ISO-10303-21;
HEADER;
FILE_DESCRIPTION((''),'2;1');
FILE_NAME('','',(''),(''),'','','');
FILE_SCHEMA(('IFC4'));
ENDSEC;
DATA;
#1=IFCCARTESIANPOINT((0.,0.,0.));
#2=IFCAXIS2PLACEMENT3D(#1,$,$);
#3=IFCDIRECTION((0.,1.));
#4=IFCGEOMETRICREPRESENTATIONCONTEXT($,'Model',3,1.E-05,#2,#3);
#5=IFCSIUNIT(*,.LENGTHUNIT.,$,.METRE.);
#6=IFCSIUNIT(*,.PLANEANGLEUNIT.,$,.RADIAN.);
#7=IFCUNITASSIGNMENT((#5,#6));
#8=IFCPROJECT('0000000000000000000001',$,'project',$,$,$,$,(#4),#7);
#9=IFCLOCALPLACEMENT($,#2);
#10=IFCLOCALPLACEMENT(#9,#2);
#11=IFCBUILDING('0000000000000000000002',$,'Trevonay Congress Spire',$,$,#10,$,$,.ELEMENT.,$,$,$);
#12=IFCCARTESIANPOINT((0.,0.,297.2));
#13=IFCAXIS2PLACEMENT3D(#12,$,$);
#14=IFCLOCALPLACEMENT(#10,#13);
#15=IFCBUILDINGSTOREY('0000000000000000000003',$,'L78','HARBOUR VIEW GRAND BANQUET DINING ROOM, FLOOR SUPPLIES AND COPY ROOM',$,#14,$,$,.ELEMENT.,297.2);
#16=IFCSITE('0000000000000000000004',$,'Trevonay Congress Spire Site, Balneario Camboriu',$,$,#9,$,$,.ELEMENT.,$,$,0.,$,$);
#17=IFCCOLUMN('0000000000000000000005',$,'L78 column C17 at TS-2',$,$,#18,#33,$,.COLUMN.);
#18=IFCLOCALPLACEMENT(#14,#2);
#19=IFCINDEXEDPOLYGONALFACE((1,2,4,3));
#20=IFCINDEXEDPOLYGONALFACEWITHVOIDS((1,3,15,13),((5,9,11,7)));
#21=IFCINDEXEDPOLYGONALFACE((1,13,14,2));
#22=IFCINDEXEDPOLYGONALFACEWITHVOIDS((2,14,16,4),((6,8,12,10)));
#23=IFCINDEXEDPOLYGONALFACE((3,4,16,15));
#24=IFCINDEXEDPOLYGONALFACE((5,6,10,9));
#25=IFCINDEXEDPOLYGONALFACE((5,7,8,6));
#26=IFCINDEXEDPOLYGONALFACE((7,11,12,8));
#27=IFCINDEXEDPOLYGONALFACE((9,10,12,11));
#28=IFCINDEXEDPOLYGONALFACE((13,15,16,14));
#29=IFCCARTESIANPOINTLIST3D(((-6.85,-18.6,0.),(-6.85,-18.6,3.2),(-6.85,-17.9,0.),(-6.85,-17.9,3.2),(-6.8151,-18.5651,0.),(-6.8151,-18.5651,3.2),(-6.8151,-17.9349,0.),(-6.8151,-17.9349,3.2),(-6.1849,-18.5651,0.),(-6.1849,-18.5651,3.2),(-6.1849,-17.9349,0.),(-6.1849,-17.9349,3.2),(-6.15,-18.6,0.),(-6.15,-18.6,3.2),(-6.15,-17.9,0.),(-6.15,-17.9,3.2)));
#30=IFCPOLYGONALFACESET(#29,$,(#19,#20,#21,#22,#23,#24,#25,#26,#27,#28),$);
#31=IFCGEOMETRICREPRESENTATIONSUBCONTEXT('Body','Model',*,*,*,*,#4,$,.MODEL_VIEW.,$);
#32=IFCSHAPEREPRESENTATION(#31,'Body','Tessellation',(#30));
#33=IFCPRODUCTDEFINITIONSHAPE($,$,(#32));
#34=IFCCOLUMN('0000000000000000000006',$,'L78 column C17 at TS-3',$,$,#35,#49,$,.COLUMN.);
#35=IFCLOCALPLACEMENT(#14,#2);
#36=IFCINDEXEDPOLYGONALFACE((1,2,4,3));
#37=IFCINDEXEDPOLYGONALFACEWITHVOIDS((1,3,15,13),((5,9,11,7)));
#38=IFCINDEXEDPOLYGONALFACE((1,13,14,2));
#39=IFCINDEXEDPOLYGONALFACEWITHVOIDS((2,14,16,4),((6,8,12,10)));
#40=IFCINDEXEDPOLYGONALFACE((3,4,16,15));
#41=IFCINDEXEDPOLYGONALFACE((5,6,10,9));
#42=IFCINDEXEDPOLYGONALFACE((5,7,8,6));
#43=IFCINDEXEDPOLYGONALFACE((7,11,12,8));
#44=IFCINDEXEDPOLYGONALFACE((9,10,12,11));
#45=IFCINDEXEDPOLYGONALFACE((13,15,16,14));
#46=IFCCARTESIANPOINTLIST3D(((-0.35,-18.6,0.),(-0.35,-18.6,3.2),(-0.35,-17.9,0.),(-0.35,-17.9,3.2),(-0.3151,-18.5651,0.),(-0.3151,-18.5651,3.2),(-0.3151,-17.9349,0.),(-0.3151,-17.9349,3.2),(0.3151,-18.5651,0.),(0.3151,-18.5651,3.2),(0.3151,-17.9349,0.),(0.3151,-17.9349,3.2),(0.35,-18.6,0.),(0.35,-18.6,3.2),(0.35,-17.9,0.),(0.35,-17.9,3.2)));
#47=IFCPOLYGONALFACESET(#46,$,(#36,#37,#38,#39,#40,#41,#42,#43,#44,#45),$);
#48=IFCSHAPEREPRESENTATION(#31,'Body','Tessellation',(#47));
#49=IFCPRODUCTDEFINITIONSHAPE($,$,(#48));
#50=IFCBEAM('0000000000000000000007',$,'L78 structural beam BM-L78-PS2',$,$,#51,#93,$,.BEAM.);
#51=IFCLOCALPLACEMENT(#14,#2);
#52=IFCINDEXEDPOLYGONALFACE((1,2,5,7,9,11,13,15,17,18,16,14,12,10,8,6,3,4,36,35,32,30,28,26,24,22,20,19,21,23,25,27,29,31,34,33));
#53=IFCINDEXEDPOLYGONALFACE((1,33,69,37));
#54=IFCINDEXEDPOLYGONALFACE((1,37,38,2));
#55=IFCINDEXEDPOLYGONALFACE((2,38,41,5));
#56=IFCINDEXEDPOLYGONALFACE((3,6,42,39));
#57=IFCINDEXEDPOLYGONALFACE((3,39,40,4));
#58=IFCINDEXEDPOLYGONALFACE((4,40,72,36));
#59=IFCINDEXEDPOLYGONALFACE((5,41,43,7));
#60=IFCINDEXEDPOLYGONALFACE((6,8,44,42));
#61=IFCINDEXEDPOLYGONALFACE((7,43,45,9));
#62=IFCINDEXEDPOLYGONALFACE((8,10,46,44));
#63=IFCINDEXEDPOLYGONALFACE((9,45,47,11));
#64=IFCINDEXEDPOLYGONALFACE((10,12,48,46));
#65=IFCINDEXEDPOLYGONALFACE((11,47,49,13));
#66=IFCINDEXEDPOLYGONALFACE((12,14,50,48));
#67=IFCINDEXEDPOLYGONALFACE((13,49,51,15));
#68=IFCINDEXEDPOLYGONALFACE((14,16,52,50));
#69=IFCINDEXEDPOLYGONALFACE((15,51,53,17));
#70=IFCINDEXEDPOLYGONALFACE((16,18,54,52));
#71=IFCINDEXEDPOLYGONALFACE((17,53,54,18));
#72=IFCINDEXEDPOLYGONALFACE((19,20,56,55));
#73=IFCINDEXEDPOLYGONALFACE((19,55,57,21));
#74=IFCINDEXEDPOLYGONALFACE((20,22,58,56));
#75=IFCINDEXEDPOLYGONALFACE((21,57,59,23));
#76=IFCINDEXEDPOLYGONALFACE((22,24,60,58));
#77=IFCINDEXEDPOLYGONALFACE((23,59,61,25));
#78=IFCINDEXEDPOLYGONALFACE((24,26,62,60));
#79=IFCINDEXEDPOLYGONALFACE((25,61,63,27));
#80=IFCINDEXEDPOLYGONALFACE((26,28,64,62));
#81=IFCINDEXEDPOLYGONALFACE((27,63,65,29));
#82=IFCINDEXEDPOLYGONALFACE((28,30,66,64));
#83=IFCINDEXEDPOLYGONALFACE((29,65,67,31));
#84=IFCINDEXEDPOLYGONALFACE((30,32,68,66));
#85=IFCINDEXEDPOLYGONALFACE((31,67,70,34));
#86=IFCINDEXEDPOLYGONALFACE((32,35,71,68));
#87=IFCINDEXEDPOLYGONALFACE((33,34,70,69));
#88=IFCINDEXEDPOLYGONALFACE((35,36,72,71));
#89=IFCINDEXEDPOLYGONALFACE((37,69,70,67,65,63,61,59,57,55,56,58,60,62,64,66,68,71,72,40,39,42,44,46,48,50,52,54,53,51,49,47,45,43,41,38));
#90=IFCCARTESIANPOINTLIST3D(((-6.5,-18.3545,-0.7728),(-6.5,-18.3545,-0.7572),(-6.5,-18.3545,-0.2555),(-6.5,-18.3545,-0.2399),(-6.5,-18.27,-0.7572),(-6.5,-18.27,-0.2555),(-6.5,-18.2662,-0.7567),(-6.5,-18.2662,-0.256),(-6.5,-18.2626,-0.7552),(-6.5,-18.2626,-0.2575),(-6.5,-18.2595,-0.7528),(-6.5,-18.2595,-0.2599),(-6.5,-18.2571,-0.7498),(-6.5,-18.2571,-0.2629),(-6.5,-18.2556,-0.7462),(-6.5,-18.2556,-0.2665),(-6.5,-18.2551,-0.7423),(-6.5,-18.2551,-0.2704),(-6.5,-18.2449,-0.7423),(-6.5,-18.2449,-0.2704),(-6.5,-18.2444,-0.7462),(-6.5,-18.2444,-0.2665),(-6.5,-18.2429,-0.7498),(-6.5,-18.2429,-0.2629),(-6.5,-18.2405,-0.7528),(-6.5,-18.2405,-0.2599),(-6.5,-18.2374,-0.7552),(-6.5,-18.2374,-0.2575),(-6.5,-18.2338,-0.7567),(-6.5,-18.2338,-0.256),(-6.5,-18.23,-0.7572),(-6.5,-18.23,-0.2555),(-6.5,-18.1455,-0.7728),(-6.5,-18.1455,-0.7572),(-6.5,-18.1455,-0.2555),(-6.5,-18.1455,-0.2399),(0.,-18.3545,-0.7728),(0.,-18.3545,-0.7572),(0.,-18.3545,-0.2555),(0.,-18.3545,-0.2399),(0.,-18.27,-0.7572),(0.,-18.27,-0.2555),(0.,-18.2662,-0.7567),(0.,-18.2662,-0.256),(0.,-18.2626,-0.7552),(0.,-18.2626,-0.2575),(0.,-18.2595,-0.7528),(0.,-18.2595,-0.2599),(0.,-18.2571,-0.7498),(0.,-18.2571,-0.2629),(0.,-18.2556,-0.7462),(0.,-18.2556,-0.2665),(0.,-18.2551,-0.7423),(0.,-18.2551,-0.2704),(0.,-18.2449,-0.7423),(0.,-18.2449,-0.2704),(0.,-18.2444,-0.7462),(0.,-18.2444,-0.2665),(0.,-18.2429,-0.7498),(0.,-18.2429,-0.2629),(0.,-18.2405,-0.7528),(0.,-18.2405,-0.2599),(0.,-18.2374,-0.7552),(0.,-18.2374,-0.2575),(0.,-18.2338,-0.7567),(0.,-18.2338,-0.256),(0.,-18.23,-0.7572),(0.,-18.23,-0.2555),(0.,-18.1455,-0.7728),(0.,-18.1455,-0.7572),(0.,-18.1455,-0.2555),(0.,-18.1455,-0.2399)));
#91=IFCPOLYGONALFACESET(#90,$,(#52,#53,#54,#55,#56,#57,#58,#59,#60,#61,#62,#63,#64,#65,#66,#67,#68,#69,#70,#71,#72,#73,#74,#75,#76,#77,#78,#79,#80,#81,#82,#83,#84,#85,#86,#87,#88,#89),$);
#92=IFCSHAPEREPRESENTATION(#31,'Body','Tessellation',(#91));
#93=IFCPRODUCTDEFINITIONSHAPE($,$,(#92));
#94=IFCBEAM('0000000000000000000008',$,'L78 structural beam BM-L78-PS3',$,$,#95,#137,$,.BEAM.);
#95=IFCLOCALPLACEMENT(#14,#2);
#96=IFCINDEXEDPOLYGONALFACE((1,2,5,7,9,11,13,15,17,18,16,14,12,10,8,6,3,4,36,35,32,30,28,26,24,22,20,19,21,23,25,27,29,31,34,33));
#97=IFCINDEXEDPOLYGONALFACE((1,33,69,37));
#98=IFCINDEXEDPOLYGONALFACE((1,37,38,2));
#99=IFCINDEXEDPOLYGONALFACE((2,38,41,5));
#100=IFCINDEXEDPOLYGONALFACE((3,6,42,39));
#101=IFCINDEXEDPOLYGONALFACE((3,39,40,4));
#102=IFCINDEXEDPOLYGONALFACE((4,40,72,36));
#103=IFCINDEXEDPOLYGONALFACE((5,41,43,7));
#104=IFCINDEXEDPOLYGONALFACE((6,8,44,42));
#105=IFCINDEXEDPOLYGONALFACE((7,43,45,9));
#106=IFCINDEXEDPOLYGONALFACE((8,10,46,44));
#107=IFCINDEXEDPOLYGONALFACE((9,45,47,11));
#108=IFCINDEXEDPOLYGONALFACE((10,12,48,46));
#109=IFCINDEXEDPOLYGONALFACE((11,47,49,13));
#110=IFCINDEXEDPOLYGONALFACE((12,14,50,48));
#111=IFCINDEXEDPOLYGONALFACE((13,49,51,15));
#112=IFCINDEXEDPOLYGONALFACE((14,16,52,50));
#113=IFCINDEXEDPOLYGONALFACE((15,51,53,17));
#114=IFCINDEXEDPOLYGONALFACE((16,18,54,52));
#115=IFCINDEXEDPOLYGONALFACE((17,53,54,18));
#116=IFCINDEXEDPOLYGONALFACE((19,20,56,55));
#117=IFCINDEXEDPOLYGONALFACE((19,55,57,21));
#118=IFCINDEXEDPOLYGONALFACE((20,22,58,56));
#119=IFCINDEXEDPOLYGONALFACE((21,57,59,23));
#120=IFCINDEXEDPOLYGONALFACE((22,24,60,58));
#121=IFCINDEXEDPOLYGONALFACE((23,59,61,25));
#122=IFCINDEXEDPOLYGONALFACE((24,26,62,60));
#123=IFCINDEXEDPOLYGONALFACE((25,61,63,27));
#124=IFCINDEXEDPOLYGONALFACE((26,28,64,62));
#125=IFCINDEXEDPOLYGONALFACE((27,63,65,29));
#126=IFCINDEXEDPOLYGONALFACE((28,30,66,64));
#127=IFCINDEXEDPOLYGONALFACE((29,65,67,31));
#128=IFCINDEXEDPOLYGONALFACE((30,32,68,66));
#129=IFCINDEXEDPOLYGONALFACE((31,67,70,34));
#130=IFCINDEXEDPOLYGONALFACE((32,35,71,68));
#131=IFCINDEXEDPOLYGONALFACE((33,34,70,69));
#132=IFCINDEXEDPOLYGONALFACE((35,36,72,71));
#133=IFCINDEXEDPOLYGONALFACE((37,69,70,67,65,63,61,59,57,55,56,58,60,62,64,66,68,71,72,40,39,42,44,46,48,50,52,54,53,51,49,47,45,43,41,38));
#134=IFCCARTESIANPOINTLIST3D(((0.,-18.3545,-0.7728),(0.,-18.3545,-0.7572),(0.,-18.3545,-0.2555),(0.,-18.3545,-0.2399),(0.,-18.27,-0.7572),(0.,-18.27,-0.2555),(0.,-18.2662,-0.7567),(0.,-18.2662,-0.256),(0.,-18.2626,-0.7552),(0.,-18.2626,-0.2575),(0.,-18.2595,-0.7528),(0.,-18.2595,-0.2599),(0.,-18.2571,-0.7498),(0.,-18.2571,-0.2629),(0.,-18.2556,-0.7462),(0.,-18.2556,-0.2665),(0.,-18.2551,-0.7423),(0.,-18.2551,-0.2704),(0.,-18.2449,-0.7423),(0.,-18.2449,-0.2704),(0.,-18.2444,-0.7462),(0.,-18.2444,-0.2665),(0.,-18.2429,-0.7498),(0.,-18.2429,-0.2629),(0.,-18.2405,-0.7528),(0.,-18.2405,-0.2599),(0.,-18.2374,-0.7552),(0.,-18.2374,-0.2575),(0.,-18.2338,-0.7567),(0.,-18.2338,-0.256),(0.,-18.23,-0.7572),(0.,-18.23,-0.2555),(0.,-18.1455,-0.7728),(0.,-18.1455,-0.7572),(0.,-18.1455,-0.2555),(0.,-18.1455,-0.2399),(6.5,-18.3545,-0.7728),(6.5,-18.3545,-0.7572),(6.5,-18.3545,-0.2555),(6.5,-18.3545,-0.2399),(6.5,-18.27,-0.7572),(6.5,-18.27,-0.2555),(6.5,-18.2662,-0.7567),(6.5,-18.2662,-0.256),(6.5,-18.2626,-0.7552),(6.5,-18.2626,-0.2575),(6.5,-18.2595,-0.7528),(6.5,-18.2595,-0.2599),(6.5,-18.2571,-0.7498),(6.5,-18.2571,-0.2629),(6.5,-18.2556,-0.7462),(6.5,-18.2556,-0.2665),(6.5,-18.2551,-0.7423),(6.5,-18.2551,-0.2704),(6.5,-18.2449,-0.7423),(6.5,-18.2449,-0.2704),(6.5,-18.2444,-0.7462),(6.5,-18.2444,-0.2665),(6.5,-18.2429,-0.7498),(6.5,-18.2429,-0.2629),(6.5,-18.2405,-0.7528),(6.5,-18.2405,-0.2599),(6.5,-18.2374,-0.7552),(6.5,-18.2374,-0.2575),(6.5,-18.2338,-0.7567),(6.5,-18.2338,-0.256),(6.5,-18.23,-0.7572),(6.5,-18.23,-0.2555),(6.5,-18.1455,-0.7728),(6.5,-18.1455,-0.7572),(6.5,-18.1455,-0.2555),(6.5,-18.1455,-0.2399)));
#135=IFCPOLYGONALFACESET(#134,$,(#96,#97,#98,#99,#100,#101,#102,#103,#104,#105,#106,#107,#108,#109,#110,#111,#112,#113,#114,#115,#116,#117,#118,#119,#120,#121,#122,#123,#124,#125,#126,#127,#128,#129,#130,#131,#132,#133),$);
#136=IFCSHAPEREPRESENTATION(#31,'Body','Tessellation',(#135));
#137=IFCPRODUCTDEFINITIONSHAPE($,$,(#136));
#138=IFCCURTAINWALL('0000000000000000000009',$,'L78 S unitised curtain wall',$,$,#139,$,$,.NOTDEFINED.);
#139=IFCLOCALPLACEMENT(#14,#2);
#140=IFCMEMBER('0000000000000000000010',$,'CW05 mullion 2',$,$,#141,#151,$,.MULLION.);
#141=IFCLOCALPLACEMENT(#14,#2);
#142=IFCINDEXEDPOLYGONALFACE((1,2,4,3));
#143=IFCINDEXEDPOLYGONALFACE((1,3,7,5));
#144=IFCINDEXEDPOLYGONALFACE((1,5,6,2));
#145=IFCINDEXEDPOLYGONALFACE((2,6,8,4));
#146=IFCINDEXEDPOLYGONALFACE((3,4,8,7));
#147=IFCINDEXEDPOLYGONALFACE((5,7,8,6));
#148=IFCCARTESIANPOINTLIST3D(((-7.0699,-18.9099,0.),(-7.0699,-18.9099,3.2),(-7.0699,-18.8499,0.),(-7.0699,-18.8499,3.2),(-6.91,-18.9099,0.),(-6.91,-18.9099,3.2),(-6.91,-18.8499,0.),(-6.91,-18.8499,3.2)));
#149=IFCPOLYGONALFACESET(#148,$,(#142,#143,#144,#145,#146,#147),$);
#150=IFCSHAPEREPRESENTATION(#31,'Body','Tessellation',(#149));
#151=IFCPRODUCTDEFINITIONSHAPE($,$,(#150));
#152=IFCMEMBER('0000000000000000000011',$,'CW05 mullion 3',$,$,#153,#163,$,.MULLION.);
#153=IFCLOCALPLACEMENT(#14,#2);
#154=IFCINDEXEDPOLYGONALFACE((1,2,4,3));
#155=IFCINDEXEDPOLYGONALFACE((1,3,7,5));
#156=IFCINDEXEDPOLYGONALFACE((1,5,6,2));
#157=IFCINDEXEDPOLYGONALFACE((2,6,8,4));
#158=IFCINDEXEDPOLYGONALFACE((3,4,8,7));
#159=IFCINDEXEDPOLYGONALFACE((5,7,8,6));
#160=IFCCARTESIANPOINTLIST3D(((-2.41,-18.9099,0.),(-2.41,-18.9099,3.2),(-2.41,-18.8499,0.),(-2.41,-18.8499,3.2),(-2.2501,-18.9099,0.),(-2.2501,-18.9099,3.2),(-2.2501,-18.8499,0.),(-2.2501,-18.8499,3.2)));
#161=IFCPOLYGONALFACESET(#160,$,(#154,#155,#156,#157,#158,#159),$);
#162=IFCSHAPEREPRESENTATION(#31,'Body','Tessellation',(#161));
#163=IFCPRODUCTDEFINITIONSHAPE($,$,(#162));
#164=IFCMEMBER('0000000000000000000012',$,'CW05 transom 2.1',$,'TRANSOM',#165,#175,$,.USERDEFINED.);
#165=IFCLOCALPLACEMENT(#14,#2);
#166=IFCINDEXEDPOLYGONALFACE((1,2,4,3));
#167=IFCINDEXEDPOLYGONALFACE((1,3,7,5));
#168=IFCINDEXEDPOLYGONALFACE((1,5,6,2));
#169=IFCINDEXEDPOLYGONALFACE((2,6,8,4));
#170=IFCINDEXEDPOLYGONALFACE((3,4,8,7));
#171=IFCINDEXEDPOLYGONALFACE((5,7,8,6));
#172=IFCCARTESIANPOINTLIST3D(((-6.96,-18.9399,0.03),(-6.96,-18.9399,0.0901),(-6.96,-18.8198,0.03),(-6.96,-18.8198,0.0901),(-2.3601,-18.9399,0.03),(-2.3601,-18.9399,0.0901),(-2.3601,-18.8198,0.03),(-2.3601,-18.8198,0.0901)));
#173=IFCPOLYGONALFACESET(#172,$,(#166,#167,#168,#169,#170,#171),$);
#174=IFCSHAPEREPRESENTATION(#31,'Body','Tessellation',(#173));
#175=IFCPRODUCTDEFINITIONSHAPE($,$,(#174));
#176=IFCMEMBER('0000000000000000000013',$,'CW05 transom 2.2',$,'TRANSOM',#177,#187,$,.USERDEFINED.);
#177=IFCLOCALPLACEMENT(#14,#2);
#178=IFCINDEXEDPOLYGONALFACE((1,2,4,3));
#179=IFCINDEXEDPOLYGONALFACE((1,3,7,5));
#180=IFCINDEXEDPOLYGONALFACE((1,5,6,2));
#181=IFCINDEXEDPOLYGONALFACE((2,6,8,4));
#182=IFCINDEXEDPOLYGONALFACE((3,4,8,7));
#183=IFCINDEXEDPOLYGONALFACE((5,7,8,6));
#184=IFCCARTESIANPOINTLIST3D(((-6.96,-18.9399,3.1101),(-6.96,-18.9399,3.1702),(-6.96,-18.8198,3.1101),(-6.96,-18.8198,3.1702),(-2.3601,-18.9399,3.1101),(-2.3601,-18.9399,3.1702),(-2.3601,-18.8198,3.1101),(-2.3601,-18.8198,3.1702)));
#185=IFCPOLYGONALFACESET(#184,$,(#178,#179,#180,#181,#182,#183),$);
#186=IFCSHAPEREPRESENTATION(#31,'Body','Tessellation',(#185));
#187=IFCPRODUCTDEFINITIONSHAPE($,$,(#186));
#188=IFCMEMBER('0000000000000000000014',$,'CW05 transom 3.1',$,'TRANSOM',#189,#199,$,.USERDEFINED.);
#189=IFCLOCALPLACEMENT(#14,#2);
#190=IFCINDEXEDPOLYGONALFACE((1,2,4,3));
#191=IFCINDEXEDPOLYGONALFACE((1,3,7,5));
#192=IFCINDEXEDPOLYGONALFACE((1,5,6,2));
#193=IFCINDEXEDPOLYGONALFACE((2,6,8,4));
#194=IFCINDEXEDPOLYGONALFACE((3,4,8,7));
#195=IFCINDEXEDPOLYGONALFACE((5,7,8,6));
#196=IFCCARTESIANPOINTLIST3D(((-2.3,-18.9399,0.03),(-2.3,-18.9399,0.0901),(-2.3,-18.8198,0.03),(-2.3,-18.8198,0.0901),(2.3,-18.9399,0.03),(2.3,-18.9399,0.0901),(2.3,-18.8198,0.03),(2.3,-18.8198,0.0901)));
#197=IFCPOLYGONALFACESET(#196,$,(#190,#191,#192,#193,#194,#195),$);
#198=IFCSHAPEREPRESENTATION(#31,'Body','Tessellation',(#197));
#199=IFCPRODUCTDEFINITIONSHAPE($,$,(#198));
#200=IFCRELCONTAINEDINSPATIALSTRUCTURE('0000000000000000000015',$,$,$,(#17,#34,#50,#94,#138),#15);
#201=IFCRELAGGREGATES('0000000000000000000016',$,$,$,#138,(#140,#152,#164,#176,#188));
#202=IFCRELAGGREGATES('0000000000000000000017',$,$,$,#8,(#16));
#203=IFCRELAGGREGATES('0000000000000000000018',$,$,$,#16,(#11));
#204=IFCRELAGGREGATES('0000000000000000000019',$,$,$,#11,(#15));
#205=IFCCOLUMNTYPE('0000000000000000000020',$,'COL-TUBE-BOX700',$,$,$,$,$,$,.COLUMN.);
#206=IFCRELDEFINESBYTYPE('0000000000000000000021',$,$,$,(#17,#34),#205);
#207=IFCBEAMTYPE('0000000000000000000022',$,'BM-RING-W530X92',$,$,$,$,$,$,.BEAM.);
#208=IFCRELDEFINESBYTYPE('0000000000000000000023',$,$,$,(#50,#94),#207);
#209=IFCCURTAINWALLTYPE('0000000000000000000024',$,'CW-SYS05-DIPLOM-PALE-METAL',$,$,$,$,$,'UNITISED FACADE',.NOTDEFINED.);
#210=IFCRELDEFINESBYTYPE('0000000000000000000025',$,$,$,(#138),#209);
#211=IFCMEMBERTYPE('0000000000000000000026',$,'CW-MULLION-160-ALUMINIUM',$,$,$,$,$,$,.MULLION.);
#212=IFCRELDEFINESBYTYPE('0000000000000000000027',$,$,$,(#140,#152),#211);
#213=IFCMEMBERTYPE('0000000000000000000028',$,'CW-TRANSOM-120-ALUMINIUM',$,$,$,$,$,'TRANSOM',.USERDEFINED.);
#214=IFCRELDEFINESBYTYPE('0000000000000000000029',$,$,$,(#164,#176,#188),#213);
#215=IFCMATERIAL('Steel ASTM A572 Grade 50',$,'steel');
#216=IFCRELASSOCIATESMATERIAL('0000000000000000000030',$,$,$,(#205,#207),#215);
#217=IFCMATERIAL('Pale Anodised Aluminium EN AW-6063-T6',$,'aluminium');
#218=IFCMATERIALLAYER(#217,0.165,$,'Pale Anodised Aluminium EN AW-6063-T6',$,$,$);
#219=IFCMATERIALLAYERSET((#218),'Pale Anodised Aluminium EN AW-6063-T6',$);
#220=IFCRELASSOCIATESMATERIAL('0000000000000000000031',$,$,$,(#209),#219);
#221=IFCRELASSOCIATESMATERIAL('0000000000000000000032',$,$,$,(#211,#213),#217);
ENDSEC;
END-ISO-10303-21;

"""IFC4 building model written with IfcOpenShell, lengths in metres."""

from ifc_helpers import new_model, si_unit, direction, frame, origin, origin_2d, place, context, subcontext, project, spatial, rectangle, hollow_rectangle, i_section, extrude, material, layer, layer_set, material_profile, profile_set, type_object, element, aggregate, save


model = new_model("IFC4")

# Units and contexts
model_context = context("Model", 3, precision=1e-05, world=origin(), true_north=direction((0.0, 1.0)))
body_context = subcontext(model_context, "Body", "Model", "MODEL_VIEW")
ifc_project = project(units=[si_unit("LENGTHUNIT", "METRE"), si_unit("PLANEANGLEUNIT", "RADIAN")], contexts=[model_context])

# Site, building, storey
site_placement = place(None, origin())
site = spatial("IfcSite", under=ifc_project, at=site_placement, Name="Trevonay Congress Spire Site, Balneario Camboriu", CompositionType="ELEMENT", RefElevation=0.0)
building_placement = place(site_placement, origin())
building = spatial("IfcBuilding", under=site, at=building_placement, Name="Trevonay Congress Spire", CompositionType="ELEMENT")
storey_placement = place(building_placement, frame((0.0, 0.0, 297.2)))
storey = spatial("IfcBuildingStorey", under=building, at=storey_placement, Name="L78", Description="HARBOUR VIEW GRAND BANQUET DINING ROOM, FLOOR SUPPLIES AND COPY ROOM", CompositionType="ELEMENT", Elevation=297.2)

# Columns
ifc_material_1 = material(Name="Steel ASTM A572 Grade 50", Category="steel")
ifc_material_profile_1 = material_profile(ifc_material_1, hollow_rectangle(XDim=0.7, YDim=0.7, WallThickness=0.0349, at=origin_2d()), Name="BOX 700x700x35")
ifc_profile_set_1 = profile_set([ifc_material_profile_1], Name="Steel ASTM A572 Grade 50")
column_type = type_object("IfcColumnType", Name="COL-TUBE-BOX700", PredefinedType="COLUMN", material=ifc_profile_set_1)
for number, where, z_axis, x_axis, name in (
    (1, (-6.5, -18.25, 0.0), (0.0, 0.0, 1.0), (1.0, 0.0, 0.0), "L78 column C17 at TS-2"),
    (2, (0.0, -18.25, 0.0), (0.0, 0.0, 1.0), (1.0, 0.0, 0.0), "L78 column C17 at TS-3"),
):
    element("IfcColumn", number, at=place(storey_placement, frame(where, z_axis=z_axis, x_axis=x_axis)), inside=storey, type_object=column_type, Name=name, PredefinedType="COLUMN", context=body_context, shape_type="SweptSolid", body=[
        extrude(hollow_rectangle(XDim=0.7, YDim=0.7, WallThickness=0.0349, at=origin_2d()), origin(), (0.0, 0.0, 1.0), 3.2),
    ])

# Beams
ifc_material_profile_2 = material_profile(ifc_material_1, i_section(OverallWidth=0.209, OverallDepth=0.533, WebThickness=0.0103, FlangeThickness=0.0156, FilletRadius=0.0149, at=origin_2d()), Name="W530x92")
ifc_profile_set_2 = profile_set([ifc_material_profile_2], Name="Steel ASTM A572 Grade 50")
beam_type_1 = type_object("IfcBeamType", Name="BM-RING-W530X92", PredefinedType="BEAM", material=ifc_profile_set_2)
for number, where, z_axis, x_axis, name in (
    (3, (-6.5, -18.25, -0.5063), (1.0, 0.0, 0.0), (0.0, 1.0, 0.0), "L78 structural beam BM-L78-PS2"),
    (4, (0.0, -18.25, -0.5063), (1.0, 0.0, 0.0), (0.0, 1.0, 0.0), "L78 structural beam BM-L78-PS3"),
):
    element("IfcBeam", number, at=place(storey_placement, frame(where, z_axis=z_axis, x_axis=x_axis)), inside=storey, type_object=beam_type_1, Name=name, PredefinedType="BEAM", context=body_context, shape_type="SweptSolid", body=[
        extrude(i_section(OverallWidth=0.209, OverallDepth=0.533, WebThickness=0.0103, FlangeThickness=0.0156, FilletRadius=0.0149, at=origin_2d()), origin(), (0.0, 0.0, 1.0), 6.5),
    ])

# Curtain wall, members
ifc_material_2 = material(Name="Pale Anodised Aluminium EN AW-6063-T6", Category="aluminium")
ifc_layer_1 = layer(ifc_material_2, 0.165, Name="Pale Anodised Aluminium EN AW-6063-T6")
ifc_layer_set_1 = layer_set([ifc_layer_1], Name="Pale Anodised Aluminium EN AW-6063-T6")
curtain_wall_type = type_object("IfcCurtainWallType", Name="CW-SYS05-DIPLOM-PALE-METAL", ElementType="UNITISED FACADE", PredefinedType="NOTDEFINED", material=ifc_layer_set_1)
curtain_wall_placement = place(storey_placement, origin())
curtain_wall = element("IfcCurtainWall", 5, at=curtain_wall_placement, inside=storey, type_object=curtain_wall_type, Name="L78 S unitised curtain wall", PredefinedType="NOTDEFINED")
ifc_material_profile_3 = material_profile(ifc_material_2, rectangle(XDim=0.0601, YDim=0.1599, at=origin_2d()), Name="CW-MULLION-160-ALUMINIUM")
ifc_profile_set_3 = profile_set([ifc_material_profile_3], Name="Pale Anodised Aluminium EN AW-6063-T6")
member_type_1 = type_object("IfcMemberType", Name="CW-MULLION-160-ALUMINIUM", PredefinedType="MULLION", material=ifc_profile_set_3)
member_1_placement = place(storey_placement, frame((-6.99, -18.8799, 0.0), z_axis=(0.0, 0.0, 1.0), x_axis=(0.0, 1.0, 0.0)))
member_1 = element("IfcMember", 6, at=member_1_placement, type_object=member_type_1, Name="CW05 mullion 2", PredefinedType="MULLION", context=body_context, shape_type="SweptSolid", body=[
    extrude(rectangle(XDim=0.0601, YDim=0.1599, at=origin_2d()), origin(), (0.0, 0.0, 1.0), 3.2),
])
member_2_placement = place(storey_placement, frame((-2.3301, -18.8799, 0.0), z_axis=(0.0, 0.0, 1.0), x_axis=(0.0, 1.0, 0.0)))
member_2 = element("IfcMember", 7, at=member_2_placement, type_object=member_type_1, Name="CW05 mullion 3", PredefinedType="MULLION", context=body_context, shape_type="SweptSolid", body=[
    extrude(rectangle(XDim=0.0601, YDim=0.1599, at=origin_2d()), origin(), (0.0, 0.0, 1.0), 3.2),
])
ifc_material_profile_4 = material_profile(ifc_material_2, rectangle(XDim=0.1201, YDim=0.0601, at=origin_2d()), Name="CW-TRANSOM-120-ALUMINIUM")
ifc_profile_set_4 = profile_set([ifc_material_profile_4], Name="Pale Anodised Aluminium EN AW-6063-T6")
member_type_2 = type_object("IfcMemberType", Name="CW-TRANSOM-120-ALUMINIUM", ElementType="TRANSOM", PredefinedType="USERDEFINED", material=ifc_profile_set_4)
member_3_placement = place(storey_placement, frame((-6.96, -18.8799, 0.0601), z_axis=(1.0, 0.0, 0.0), x_axis=(0.0, 1.0, 0.0)))
member_3 = element("IfcMember", 8, at=member_3_placement, type_object=member_type_2, Name="CW05 transom 2.1", ObjectType="TRANSOM", PredefinedType="USERDEFINED", context=body_context, shape_type="SweptSolid", body=[
    extrude(rectangle(XDim=0.1201, YDim=0.0601, at=origin_2d()), origin(), (0.0, 0.0, 1.0), 4.5999),
])
member_4_placement = place(storey_placement, frame((-6.96, -18.8799, 3.1401), z_axis=(1.0, 0.0, 0.0), x_axis=(0.0, 1.0, 0.0)))
member_4 = element("IfcMember", 9, at=member_4_placement, type_object=member_type_2, Name="CW05 transom 2.2", ObjectType="TRANSOM", PredefinedType="USERDEFINED", context=body_context, shape_type="SweptSolid", body=[
    extrude(rectangle(XDim=0.1201, YDim=0.0601, at=origin_2d()), origin(), (0.0, 0.0, 1.0), 4.5999),
])
member_5_placement = place(storey_placement, frame((-2.3, -18.8799, 0.0601), z_axis=(1.0, 0.0, 0.0), x_axis=(0.0, 1.0, 0.0)))
member_5 = element("IfcMember", 10, at=member_5_placement, type_object=member_type_2, Name="CW05 transom 3.1", ObjectType="TRANSOM", PredefinedType="USERDEFINED", context=body_context, shape_type="SweptSolid", body=[
    extrude(rectangle(XDim=0.1201, YDim=0.0601, at=origin_2d()), origin(), (0.0, 0.0, 1.0), 4.6001),
])

aggregate(curtain_wall, [member_1, member_2, member_3, member_4, member_5])

save(model, "model.ifc")
